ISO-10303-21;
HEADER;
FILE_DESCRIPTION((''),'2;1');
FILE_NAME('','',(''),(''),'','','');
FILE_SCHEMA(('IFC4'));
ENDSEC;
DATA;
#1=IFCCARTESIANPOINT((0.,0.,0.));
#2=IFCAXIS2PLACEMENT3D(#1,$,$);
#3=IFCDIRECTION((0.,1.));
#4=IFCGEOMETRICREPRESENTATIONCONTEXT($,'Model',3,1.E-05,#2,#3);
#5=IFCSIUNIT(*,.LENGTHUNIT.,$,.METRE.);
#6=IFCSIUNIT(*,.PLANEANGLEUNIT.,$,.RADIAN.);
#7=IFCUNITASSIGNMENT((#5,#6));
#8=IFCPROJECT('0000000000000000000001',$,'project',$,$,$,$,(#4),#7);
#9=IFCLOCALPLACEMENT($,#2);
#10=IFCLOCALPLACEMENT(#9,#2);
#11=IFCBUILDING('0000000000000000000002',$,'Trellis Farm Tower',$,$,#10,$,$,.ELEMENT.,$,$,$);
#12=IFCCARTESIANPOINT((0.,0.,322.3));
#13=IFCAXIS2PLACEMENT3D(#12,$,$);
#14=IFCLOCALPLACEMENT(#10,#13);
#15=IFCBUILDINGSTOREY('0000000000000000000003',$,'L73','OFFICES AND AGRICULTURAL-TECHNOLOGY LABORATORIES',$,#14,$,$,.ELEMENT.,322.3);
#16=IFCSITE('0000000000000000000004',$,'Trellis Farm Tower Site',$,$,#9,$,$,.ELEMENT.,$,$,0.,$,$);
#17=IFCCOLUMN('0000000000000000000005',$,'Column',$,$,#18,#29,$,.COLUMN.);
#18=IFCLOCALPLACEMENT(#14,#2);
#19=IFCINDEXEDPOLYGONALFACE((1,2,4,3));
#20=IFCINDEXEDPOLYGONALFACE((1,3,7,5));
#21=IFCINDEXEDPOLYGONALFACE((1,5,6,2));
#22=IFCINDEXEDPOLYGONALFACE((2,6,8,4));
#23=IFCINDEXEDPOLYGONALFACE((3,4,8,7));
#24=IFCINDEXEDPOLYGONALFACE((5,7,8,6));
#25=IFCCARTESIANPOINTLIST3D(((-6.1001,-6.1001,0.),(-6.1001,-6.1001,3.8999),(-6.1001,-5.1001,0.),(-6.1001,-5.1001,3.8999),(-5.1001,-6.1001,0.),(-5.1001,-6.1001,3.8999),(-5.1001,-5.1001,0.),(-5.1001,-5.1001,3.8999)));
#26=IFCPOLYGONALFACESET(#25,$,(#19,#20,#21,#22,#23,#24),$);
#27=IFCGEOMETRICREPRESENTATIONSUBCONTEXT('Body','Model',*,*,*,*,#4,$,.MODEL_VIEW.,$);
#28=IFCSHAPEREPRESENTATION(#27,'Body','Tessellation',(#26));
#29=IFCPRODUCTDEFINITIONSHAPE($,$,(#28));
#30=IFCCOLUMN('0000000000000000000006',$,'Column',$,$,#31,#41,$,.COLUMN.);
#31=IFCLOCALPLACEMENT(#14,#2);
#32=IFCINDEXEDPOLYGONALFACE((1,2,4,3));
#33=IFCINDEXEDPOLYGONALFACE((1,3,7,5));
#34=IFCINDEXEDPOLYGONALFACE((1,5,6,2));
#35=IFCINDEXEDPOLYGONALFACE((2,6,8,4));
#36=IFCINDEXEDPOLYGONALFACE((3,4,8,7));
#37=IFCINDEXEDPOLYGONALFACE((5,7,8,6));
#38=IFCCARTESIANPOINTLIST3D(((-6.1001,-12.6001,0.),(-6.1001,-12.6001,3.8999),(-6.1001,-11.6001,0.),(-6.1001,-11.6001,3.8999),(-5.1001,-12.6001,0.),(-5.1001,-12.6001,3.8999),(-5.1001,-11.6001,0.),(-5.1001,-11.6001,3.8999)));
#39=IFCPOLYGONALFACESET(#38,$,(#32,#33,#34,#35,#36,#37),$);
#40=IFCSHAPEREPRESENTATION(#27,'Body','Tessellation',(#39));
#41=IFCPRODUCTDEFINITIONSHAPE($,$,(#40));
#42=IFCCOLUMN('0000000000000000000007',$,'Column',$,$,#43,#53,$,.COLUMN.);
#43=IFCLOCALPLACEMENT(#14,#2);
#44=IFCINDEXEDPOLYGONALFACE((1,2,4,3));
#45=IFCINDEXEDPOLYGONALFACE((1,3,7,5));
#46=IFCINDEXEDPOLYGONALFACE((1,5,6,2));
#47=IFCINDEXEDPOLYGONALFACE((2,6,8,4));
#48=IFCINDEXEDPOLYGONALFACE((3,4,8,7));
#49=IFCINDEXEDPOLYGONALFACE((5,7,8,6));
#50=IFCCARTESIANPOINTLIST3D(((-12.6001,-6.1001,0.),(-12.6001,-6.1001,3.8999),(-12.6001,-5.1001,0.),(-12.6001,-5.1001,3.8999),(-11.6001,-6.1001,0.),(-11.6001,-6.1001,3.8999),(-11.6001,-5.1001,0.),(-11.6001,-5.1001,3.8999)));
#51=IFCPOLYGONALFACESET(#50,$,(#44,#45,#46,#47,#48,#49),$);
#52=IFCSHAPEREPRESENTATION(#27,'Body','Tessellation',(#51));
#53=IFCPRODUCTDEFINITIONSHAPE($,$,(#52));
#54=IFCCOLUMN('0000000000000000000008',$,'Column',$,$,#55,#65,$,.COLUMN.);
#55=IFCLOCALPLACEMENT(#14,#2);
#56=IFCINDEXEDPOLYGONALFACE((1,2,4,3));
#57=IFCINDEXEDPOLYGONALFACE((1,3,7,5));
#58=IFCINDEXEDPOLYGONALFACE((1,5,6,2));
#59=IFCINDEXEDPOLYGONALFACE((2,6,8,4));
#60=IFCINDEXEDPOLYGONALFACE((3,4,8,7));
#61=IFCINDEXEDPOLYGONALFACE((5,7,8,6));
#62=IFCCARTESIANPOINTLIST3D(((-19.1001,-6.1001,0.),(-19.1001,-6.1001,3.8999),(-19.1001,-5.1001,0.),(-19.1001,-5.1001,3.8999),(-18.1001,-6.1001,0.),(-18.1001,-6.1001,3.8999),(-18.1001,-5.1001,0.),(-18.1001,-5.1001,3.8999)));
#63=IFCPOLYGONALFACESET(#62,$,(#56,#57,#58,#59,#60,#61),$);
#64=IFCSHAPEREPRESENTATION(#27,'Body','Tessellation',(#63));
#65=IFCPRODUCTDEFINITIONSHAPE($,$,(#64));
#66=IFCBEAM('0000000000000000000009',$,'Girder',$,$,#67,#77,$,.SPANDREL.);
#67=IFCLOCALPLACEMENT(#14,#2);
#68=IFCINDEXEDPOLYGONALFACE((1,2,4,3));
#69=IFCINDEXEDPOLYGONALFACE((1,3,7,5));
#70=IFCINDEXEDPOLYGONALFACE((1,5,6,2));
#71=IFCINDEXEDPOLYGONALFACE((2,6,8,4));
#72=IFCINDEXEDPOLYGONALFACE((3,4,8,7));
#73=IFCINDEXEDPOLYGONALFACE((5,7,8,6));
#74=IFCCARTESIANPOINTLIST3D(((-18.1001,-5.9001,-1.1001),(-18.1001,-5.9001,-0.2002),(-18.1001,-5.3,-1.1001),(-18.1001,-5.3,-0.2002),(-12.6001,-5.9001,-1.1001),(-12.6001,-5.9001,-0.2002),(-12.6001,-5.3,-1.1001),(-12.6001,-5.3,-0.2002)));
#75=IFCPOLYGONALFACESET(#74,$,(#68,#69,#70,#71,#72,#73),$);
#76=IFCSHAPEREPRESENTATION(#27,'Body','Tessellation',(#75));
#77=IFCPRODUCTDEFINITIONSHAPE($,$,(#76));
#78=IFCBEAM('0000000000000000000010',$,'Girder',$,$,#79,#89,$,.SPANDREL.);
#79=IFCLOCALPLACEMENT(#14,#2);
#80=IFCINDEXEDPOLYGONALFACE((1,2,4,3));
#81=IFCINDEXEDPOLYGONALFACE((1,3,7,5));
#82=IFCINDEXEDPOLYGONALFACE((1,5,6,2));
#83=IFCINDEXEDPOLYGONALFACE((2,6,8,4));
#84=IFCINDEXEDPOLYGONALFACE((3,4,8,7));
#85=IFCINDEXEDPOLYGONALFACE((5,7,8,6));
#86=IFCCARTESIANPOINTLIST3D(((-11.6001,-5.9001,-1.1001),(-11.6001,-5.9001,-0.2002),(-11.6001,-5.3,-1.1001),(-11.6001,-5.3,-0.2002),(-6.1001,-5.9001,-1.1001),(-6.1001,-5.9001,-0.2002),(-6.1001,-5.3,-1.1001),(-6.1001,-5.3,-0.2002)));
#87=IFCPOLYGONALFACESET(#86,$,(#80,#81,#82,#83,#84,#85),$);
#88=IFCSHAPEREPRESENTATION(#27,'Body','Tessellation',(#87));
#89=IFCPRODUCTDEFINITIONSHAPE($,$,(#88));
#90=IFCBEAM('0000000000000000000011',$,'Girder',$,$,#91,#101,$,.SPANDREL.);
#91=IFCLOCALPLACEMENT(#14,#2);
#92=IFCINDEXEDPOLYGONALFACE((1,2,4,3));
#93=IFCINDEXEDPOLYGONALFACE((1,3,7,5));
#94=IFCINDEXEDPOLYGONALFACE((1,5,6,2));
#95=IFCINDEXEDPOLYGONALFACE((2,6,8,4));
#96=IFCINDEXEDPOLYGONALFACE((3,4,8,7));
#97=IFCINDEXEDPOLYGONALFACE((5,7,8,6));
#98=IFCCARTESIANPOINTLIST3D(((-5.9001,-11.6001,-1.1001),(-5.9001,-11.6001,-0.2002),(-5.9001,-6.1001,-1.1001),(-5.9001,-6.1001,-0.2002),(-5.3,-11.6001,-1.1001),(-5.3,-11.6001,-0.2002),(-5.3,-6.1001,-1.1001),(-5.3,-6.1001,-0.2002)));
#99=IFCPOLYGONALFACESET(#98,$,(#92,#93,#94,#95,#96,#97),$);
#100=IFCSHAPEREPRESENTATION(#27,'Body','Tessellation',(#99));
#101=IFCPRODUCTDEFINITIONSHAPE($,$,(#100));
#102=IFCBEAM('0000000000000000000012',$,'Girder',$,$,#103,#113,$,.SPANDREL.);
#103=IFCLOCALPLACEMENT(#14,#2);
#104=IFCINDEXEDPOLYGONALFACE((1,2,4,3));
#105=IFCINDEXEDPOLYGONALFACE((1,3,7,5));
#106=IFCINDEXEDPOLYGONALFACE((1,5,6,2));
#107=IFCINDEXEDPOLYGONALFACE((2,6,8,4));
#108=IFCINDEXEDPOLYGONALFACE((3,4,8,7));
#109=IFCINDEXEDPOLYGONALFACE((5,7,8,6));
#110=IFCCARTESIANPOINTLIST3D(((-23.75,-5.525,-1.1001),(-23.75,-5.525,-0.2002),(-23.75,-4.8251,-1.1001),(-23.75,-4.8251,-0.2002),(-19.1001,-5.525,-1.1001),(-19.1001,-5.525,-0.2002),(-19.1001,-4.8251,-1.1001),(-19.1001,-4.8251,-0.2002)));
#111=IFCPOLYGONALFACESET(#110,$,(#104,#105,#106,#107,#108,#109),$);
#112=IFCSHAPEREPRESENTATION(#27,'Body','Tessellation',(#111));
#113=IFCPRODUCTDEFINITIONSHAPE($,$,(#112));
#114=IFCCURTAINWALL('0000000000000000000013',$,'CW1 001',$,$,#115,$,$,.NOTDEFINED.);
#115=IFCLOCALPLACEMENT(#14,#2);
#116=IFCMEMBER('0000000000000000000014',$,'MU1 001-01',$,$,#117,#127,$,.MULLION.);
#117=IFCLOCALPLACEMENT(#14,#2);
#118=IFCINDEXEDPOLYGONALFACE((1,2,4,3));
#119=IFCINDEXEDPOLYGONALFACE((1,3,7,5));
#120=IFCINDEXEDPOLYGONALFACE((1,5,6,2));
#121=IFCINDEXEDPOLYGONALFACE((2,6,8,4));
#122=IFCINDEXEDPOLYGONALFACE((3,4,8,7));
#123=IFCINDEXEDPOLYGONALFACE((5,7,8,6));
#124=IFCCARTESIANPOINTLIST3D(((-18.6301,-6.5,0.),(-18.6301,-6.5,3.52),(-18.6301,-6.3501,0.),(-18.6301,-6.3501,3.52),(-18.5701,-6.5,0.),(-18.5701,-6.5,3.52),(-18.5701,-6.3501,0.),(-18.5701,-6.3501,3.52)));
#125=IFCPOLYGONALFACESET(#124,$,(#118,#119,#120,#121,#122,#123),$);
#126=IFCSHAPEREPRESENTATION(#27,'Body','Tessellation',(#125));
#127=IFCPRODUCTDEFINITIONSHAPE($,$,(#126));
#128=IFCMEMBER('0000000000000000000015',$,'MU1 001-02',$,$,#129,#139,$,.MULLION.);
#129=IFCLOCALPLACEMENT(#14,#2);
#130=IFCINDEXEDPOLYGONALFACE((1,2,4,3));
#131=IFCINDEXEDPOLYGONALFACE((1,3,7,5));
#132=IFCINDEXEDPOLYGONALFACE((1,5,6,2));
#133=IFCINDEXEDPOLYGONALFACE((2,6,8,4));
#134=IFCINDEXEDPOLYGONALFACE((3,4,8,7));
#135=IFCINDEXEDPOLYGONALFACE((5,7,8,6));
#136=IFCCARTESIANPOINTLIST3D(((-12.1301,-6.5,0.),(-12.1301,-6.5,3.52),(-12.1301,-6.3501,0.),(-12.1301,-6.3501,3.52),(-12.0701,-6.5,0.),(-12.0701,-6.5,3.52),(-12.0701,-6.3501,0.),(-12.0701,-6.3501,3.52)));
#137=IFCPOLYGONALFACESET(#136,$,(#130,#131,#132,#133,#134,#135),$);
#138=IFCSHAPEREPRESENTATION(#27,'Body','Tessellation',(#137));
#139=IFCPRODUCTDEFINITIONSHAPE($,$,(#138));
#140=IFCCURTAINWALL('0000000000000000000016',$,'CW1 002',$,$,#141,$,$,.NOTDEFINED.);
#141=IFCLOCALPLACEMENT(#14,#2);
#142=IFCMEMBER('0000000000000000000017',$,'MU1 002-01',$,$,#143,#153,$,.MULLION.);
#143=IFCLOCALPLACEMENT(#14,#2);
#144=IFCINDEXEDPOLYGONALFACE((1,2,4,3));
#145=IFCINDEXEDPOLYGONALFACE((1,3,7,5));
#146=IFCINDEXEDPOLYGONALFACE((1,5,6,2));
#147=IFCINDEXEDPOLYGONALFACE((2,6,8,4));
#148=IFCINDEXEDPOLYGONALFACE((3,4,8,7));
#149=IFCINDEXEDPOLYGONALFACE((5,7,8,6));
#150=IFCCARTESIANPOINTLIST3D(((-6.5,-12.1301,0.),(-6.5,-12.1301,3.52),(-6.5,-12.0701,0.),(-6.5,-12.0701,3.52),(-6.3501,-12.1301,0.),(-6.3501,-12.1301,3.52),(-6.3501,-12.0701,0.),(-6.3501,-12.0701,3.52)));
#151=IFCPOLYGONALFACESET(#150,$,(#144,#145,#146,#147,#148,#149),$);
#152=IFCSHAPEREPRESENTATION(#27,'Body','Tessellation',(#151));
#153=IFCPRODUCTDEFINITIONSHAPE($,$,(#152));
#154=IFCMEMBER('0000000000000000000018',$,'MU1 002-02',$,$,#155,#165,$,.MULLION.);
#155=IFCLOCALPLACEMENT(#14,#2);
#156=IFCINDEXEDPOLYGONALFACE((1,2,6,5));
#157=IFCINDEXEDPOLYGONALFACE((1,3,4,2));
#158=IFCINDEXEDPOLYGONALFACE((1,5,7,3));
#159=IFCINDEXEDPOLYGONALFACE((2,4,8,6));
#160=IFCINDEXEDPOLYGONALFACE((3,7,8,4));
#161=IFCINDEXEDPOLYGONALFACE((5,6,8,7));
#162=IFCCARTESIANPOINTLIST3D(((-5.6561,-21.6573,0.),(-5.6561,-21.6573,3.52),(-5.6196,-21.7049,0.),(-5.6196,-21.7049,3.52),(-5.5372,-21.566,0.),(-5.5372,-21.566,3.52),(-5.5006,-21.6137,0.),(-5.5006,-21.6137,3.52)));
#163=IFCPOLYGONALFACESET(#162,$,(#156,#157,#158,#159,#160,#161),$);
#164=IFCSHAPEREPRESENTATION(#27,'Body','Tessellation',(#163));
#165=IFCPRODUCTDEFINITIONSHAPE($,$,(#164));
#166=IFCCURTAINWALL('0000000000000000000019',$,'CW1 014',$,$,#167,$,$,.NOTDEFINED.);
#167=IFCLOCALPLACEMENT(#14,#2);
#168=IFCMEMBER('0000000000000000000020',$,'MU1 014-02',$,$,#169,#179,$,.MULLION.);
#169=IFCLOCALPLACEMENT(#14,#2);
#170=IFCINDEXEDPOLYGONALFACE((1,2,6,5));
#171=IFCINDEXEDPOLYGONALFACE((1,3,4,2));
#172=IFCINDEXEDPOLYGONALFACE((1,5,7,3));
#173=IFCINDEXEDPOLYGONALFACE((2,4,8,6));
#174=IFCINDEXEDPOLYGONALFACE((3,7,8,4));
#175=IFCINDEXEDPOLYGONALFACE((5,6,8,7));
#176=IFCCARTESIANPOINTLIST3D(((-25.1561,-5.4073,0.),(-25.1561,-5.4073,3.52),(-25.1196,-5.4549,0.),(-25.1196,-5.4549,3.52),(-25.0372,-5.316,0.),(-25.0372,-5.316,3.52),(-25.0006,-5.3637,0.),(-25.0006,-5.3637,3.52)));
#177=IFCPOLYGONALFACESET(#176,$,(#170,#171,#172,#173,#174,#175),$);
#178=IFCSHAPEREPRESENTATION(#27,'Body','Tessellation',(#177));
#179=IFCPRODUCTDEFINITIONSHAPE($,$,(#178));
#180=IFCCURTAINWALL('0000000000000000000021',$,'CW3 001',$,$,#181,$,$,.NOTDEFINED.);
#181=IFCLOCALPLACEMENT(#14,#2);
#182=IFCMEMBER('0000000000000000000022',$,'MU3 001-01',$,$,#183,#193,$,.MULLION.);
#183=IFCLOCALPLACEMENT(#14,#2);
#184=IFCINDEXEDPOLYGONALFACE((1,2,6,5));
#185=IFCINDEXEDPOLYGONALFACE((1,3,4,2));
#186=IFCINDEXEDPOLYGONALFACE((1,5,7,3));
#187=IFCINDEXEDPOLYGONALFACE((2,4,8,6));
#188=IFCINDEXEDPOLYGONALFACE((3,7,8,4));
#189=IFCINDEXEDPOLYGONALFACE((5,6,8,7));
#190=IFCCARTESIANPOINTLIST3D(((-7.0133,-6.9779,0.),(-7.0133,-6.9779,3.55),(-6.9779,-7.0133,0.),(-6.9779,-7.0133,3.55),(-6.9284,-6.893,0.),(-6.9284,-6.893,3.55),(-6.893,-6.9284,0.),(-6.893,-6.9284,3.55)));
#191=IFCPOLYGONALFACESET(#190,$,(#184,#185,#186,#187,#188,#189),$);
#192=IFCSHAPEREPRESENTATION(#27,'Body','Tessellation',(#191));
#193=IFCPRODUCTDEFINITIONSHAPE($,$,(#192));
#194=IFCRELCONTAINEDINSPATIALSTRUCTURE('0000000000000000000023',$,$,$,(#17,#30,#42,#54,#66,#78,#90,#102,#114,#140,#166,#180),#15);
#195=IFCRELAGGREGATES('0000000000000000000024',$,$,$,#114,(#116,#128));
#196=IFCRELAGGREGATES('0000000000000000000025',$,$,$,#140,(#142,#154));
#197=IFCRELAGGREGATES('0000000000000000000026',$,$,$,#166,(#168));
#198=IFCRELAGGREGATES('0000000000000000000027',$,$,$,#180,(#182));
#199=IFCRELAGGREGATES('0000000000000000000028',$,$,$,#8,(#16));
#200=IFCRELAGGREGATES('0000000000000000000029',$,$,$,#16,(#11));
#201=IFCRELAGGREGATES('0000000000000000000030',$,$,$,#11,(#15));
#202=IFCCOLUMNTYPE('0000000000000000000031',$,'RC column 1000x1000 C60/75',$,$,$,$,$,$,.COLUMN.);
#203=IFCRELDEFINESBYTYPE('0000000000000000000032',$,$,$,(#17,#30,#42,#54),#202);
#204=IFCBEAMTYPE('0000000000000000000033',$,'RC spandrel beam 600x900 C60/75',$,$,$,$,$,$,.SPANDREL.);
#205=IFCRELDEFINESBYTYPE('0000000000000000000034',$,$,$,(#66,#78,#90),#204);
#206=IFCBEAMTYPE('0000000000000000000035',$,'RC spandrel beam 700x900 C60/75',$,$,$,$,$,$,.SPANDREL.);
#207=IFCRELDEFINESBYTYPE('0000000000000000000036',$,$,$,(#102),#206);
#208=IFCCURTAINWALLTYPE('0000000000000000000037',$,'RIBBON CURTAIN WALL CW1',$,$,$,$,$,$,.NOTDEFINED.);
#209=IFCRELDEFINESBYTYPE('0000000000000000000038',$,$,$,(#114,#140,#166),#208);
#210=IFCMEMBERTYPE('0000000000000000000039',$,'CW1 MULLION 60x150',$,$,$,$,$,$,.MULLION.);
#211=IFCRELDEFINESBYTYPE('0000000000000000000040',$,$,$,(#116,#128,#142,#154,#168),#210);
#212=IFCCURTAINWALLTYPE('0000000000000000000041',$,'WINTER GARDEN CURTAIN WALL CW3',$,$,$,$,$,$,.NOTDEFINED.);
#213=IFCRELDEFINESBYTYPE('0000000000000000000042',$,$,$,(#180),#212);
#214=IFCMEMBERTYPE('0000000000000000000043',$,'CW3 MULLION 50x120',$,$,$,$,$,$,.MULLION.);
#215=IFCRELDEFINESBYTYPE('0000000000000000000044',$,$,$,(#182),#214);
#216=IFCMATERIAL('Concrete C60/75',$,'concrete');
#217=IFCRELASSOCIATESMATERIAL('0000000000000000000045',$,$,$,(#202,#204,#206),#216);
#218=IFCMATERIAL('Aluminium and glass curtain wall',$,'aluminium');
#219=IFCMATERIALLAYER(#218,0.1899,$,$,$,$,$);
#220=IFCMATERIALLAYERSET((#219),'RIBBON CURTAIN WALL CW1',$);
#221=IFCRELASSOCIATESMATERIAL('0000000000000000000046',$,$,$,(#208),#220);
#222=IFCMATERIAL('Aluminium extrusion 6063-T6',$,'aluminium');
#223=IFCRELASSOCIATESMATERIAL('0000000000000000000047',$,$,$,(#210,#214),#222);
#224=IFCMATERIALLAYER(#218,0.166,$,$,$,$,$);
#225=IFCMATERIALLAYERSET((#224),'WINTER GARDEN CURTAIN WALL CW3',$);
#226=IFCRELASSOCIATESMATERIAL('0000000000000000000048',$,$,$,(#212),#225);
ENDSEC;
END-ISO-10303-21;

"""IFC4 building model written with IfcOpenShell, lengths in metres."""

from ifc_helpers import new_model, si_unit, direction, frame, origin, origin_2d, place, context, subcontext, project, spatial, rectangle, extrude, source, transform, mapped, material, layer, layer_set, material_profile, profile_set, type_object, element, aggregate, save


model = new_model("IFC4")

# Units and contexts
model_context = context("Model", 3, precision=1e-05, world=origin(), true_north=direction((0.0, 1.0)))
body_context = subcontext(model_context, "Body", "Model", "MODEL_VIEW")
ifc_project = project(units=[si_unit("LENGTHUNIT", "METRE"), si_unit("PLANEANGLEUNIT", "RADIAN")], contexts=[model_context])

# Site, building, storey
site_placement = place(None, origin())
site = spatial("IfcSite", under=ifc_project, at=site_placement, Name="Trellis Farm Tower Site", CompositionType="ELEMENT", RefElevation=0.0)
building_placement = place(site_placement, origin())
building = spatial("IfcBuilding", under=site, at=building_placement, Name="Trellis Farm Tower", CompositionType="ELEMENT")
storey_placement = place(building_placement, frame((0.0, 0.0, 322.3)))
storey = spatial("IfcBuildingStorey", under=building, at=storey_placement, Name="L73", Description="OFFICES AND AGRICULTURAL-TECHNOLOGY LABORATORIES", CompositionType="ELEMENT", Elevation=322.3)

# Columns
ifc_material_1 = material(Name="Concrete C60/75", Category="concrete")
ifc_material_profile_1 = material_profile(ifc_material_1, rectangle(XDim=1.0, YDim=1.0, at=origin_2d()), Name="RC column 1000x1000 C60/75")
ifc_profile_set_1 = profile_set([ifc_material_profile_1], Name="Concrete C60/75")
column_type = type_object("IfcColumnType", Name="RC column 1000x1000 C60/75", PredefinedType="COLUMN", material=ifc_profile_set_1)
shared_shape_1 = source(origin(), body_context, "Body", "SweptSolid", [
    extrude(rectangle(XDim=1.0, YDim=1.0, at=origin_2d()), origin(), (0.0, 0.0, 1.0), 3.8999),
])
for number, where, z_axis, x_axis, name in (
    (1, (-5.6001, -5.6001, 0.0), (0.0, 0.0, 1.0), (1.0, 0.0, 0.0), "Column"),
    (2, (-5.6001, -12.1001, 0.0), (0.0, 0.0, 1.0), (1.0, 0.0, 0.0), "Column"),
    (3, (-12.1001, -5.6001, 0.0), (0.0, 0.0, 1.0), (1.0, 0.0, 0.0), "Column"),
    (4, (-18.6001, -5.6001, 0.0), (0.0, 0.0, 1.0), (1.0, 0.0, 0.0), "Column"),
):
    element("IfcColumn", number, at=place(storey_placement, frame(where, z_axis=z_axis, x_axis=x_axis)), inside=storey, type_object=column_type, Name=name, PredefinedType="COLUMN", context=body_context, shape_type="MappedRepresentation", body=[
        mapped(shared_shape_1, transform((0.0, 0.0, 0.0))),
    ])

# Beams
ifc_material_profile_2 = material_profile(ifc_material_1, rectangle(XDim=0.6001, YDim=0.8999, at=origin_2d()), Name="RC spandrel beam 600x900 C60/75")
ifc_profile_set_2 = profile_set([ifc_material_profile_2], Name="Concrete C60/75")
beam_type_1 = type_object("IfcBeamType", Name="RC spandrel beam 600x900 C60/75", PredefinedType="SPANDREL", material=ifc_profile_set_2)
shared_shape_2 = source(origin(), body_context, "Body", "SweptSolid", [
    extrude(rectangle(XDim=0.6001, YDim=0.8999, at=origin_2d()), origin(), (0.0, 0.0, 1.0), 5.5),
])
for number, where, z_axis, x_axis, name in (
    (5, (-18.1001, -5.6001, -0.6501), (1.0, 0.0, 0.0), (0.0, 1.0, 0.0), "Girder"),
    (6, (-11.6001, -5.6001, -0.6501), (1.0, 0.0, 0.0), (0.0, 1.0, 0.0), "Girder"),
    (7, (-5.6001, -11.6001, -0.6501), (0.0, 1.0, 0.0), (-1.0, 0.0, 0.0), "Girder"),
):
    element("IfcBeam", number, at=place(storey_placement, frame(where, z_axis=z_axis, x_axis=x_axis)), inside=storey, type_object=beam_type_1, Name=name, PredefinedType="SPANDREL", context=body_context, shape_type="MappedRepresentation", body=[
        mapped(shared_shape_2, transform((0.0, 0.0, 0.0))),
    ])
ifc_material_profile_3 = material_profile(ifc_material_1, rectangle(XDim=0.7, YDim=0.8999, at=origin_2d()), Name="RC spandrel beam 700x900 C60/75")
ifc_profile_set_3 = profile_set([ifc_material_profile_3], Name="Concrete C60/75")
beam_type_2 = type_object("IfcBeamType", Name="RC spandrel beam 700x900 C60/75", PredefinedType="SPANDREL", material=ifc_profile_set_3)
shared_shape_3 = source(origin(), body_context, "Body", "SweptSolid", [
    extrude(rectangle(XDim=0.7, YDim=0.8999, at=origin_2d()), origin(), (0.0, 0.0, 1.0), 4.6499),
])
beam_placement = place(storey_placement, frame((-23.75, -5.175, -0.6501), z_axis=(1.0, 0.0, 0.0), x_axis=(0.0, 1.0, 0.0)))
element("IfcBeam", 8, at=beam_placement, inside=storey, type_object=beam_type_2, Name="Girder", PredefinedType="SPANDREL", context=body_context, shape_type="MappedRepresentation", body=[
    mapped(shared_shape_3, transform((0.0, 0.0, 0.0))),
])

# Curtain walls, members
ifc_material_2 = material(Name="Aluminium and glass curtain wall", Category="aluminium")
ifc_layer_1 = layer(ifc_material_2, 0.1899)
ifc_layer_set_1 = layer_set([ifc_layer_1], Name="RIBBON CURTAIN WALL CW1")
curtain_wall_type_1 = type_object("IfcCurtainWallType", Name="RIBBON CURTAIN WALL CW1", PredefinedType="NOTDEFINED", material=ifc_layer_set_1)
placement = place(storey_placement, origin())
curtain_wall_1 = element("IfcCurtainWall", 9, at=placement, inside=storey, type_object=curtain_wall_type_1, Name="CW1 001", PredefinedType="NOTDEFINED")
ifc_material_3 = material(Name="Aluminium extrusion 6063-T6", Category="aluminium")
ifc_material_profile_4 = material_profile(ifc_material_3, rectangle(XDim=0.0601, YDim=0.1499, at=origin_2d()), Name="MULLION 60x150")
ifc_profile_set_4 = profile_set([ifc_material_profile_4], Name="Aluminium extrusion 6063-T6")
member_type_1 = type_object("IfcMemberType", Name="CW1 MULLION 60x150", PredefinedType="MULLION", material=ifc_profile_set_4)
shared_shape_4 = source(origin(), body_context, "Body", "SweptSolid", [
    extrude(rectangle(XDim=0.0601, YDim=0.1499, at=origin_2d()), origin(), (0.0, 0.0, 1.0), 3.52),
])
member_1_placement = place(storey_placement, frame((-18.6001, -6.425, 0.0), z_axis=(0.0, 0.0, 1.0), x_axis=(1.0, 0.0, 0.0)))
member_1 = element("IfcMember", 10, at=member_1_placement, type_object=member_type_1, Name="MU1 001-01", PredefinedType="MULLION", context=body_context, shape_type="MappedRepresentation", body=[
    mapped(shared_shape_4, transform((0.0, 0.0, 0.0))),
])
member_2_placement = place(storey_placement, frame((-12.1001, -6.425, 0.0), z_axis=(0.0, 0.0, 1.0), x_axis=(1.0, 0.0, 0.0)))
member_2 = element("IfcMember", 11, at=member_2_placement, type_object=member_type_1, Name="MU1 001-02", PredefinedType="MULLION", context=body_context, shape_type="MappedRepresentation", body=[
    mapped(shared_shape_4, transform((0.0, 0.0, 0.0))),
])
aggregate(curtain_wall_1, [member_1, member_2])
curtain_wall_2 = element("IfcCurtainWall", 12, at=placement, inside=storey, type_object=curtain_wall_type_1, Name="CW1 002", PredefinedType="NOTDEFINED")
member_3_placement = place(storey_placement, frame((-6.425, -12.1001, 0.0), z_axis=(0.0, 0.0, 1.0), x_axis=(0.0, -1.0, 0.0)))
member_3 = element("IfcMember", 13, at=member_3_placement, type_object=member_type_1, Name="MU1 002-01", PredefinedType="MULLION", context=body_context, shape_type="MappedRepresentation", body=[
    mapped(shared_shape_4, transform((0.0, 0.0, 0.0))),
])
member_4_placement = place(storey_placement, frame((-5.5784, -21.6355, 0.0), z_axis=(0.0, 0.0, 1.0), x_axis=(0.608761, -0.793353, 0.0)))
member_4 = element("IfcMember", 14, at=member_4_placement, type_object=member_type_1, Name="MU1 002-02", PredefinedType="MULLION", context=body_context, shape_type="MappedRepresentation", body=[
    mapped(shared_shape_4, transform((0.0, 0.0, 0.0))),
])
aggregate(curtain_wall_2, [member_3, member_4])

# Curtain walls, members
curtain_wall_3 = element("IfcCurtainWall", 15, at=placement, inside=storey, type_object=curtain_wall_type_1, Name="CW1 014", PredefinedType="NOTDEFINED")
member_5_placement = place(storey_placement, frame((-25.0784, -5.3855, 0.0), z_axis=(0.0, 0.0, 1.0), x_axis=(0.608761, -0.793353, 0.0)))
member_5 = element("IfcMember", 16, at=member_5_placement, type_object=member_type_1, Name="MU1 014-02", PredefinedType="MULLION", context=body_context, shape_type="MappedRepresentation", body=[
    mapped(shared_shape_4, transform((0.0, 0.0, 0.0))),
])
aggregate(curtain_wall_3, [member_5])
ifc_layer_2 = layer(ifc_material_2, 0.166)
ifc_layer_set_2 = layer_set([ifc_layer_2], Name="WINTER GARDEN CURTAIN WALL CW3")
curtain_wall_type_2 = type_object("IfcCurtainWallType", Name="WINTER GARDEN CURTAIN WALL CW3", PredefinedType="NOTDEFINED", material=ifc_layer_set_2)
curtain_wall_4 = element("IfcCurtainWall", 17, at=placement, inside=storey, type_object=curtain_wall_type_2, Name="CW3 001", PredefinedType="NOTDEFINED")
ifc_material_profile_5 = material_profile(ifc_material_3, rectangle(XDim=0.05, YDim=0.1201, at=origin_2d()), Name="MULLION 50x120")
ifc_profile_set_5 = profile_set([ifc_material_profile_5], Name="Aluminium extrusion 6063-T6")
member_type_2 = type_object("IfcMemberType", Name="CW3 MULLION 50x120", PredefinedType="MULLION", material=ifc_profile_set_5)
shared_shape_5 = source(origin(), body_context, "Body", "SweptSolid", [
    extrude(rectangle(XDim=0.05, YDim=0.1201, at=origin_2d()), origin(), (0.0, 0.0, 1.0), 3.55),
])
member_6_placement = place(storey_placement, frame((-6.9531, -6.9531, 0.0), z_axis=(0.0, 0.0, 1.0), x_axis=(0.707107, -0.707107, 0.0)))
member_6 = element("IfcMember", 18, at=member_6_placement, type_object=member_type_2, Name="MU3 001-01", PredefinedType="MULLION", context=body_context, shape_type="MappedRepresentation", body=[
    mapped(shared_shape_5, transform((0.0, 0.0, 0.0))),
])
aggregate(curtain_wall_4, [member_6])

save(model, "model.ifc")
